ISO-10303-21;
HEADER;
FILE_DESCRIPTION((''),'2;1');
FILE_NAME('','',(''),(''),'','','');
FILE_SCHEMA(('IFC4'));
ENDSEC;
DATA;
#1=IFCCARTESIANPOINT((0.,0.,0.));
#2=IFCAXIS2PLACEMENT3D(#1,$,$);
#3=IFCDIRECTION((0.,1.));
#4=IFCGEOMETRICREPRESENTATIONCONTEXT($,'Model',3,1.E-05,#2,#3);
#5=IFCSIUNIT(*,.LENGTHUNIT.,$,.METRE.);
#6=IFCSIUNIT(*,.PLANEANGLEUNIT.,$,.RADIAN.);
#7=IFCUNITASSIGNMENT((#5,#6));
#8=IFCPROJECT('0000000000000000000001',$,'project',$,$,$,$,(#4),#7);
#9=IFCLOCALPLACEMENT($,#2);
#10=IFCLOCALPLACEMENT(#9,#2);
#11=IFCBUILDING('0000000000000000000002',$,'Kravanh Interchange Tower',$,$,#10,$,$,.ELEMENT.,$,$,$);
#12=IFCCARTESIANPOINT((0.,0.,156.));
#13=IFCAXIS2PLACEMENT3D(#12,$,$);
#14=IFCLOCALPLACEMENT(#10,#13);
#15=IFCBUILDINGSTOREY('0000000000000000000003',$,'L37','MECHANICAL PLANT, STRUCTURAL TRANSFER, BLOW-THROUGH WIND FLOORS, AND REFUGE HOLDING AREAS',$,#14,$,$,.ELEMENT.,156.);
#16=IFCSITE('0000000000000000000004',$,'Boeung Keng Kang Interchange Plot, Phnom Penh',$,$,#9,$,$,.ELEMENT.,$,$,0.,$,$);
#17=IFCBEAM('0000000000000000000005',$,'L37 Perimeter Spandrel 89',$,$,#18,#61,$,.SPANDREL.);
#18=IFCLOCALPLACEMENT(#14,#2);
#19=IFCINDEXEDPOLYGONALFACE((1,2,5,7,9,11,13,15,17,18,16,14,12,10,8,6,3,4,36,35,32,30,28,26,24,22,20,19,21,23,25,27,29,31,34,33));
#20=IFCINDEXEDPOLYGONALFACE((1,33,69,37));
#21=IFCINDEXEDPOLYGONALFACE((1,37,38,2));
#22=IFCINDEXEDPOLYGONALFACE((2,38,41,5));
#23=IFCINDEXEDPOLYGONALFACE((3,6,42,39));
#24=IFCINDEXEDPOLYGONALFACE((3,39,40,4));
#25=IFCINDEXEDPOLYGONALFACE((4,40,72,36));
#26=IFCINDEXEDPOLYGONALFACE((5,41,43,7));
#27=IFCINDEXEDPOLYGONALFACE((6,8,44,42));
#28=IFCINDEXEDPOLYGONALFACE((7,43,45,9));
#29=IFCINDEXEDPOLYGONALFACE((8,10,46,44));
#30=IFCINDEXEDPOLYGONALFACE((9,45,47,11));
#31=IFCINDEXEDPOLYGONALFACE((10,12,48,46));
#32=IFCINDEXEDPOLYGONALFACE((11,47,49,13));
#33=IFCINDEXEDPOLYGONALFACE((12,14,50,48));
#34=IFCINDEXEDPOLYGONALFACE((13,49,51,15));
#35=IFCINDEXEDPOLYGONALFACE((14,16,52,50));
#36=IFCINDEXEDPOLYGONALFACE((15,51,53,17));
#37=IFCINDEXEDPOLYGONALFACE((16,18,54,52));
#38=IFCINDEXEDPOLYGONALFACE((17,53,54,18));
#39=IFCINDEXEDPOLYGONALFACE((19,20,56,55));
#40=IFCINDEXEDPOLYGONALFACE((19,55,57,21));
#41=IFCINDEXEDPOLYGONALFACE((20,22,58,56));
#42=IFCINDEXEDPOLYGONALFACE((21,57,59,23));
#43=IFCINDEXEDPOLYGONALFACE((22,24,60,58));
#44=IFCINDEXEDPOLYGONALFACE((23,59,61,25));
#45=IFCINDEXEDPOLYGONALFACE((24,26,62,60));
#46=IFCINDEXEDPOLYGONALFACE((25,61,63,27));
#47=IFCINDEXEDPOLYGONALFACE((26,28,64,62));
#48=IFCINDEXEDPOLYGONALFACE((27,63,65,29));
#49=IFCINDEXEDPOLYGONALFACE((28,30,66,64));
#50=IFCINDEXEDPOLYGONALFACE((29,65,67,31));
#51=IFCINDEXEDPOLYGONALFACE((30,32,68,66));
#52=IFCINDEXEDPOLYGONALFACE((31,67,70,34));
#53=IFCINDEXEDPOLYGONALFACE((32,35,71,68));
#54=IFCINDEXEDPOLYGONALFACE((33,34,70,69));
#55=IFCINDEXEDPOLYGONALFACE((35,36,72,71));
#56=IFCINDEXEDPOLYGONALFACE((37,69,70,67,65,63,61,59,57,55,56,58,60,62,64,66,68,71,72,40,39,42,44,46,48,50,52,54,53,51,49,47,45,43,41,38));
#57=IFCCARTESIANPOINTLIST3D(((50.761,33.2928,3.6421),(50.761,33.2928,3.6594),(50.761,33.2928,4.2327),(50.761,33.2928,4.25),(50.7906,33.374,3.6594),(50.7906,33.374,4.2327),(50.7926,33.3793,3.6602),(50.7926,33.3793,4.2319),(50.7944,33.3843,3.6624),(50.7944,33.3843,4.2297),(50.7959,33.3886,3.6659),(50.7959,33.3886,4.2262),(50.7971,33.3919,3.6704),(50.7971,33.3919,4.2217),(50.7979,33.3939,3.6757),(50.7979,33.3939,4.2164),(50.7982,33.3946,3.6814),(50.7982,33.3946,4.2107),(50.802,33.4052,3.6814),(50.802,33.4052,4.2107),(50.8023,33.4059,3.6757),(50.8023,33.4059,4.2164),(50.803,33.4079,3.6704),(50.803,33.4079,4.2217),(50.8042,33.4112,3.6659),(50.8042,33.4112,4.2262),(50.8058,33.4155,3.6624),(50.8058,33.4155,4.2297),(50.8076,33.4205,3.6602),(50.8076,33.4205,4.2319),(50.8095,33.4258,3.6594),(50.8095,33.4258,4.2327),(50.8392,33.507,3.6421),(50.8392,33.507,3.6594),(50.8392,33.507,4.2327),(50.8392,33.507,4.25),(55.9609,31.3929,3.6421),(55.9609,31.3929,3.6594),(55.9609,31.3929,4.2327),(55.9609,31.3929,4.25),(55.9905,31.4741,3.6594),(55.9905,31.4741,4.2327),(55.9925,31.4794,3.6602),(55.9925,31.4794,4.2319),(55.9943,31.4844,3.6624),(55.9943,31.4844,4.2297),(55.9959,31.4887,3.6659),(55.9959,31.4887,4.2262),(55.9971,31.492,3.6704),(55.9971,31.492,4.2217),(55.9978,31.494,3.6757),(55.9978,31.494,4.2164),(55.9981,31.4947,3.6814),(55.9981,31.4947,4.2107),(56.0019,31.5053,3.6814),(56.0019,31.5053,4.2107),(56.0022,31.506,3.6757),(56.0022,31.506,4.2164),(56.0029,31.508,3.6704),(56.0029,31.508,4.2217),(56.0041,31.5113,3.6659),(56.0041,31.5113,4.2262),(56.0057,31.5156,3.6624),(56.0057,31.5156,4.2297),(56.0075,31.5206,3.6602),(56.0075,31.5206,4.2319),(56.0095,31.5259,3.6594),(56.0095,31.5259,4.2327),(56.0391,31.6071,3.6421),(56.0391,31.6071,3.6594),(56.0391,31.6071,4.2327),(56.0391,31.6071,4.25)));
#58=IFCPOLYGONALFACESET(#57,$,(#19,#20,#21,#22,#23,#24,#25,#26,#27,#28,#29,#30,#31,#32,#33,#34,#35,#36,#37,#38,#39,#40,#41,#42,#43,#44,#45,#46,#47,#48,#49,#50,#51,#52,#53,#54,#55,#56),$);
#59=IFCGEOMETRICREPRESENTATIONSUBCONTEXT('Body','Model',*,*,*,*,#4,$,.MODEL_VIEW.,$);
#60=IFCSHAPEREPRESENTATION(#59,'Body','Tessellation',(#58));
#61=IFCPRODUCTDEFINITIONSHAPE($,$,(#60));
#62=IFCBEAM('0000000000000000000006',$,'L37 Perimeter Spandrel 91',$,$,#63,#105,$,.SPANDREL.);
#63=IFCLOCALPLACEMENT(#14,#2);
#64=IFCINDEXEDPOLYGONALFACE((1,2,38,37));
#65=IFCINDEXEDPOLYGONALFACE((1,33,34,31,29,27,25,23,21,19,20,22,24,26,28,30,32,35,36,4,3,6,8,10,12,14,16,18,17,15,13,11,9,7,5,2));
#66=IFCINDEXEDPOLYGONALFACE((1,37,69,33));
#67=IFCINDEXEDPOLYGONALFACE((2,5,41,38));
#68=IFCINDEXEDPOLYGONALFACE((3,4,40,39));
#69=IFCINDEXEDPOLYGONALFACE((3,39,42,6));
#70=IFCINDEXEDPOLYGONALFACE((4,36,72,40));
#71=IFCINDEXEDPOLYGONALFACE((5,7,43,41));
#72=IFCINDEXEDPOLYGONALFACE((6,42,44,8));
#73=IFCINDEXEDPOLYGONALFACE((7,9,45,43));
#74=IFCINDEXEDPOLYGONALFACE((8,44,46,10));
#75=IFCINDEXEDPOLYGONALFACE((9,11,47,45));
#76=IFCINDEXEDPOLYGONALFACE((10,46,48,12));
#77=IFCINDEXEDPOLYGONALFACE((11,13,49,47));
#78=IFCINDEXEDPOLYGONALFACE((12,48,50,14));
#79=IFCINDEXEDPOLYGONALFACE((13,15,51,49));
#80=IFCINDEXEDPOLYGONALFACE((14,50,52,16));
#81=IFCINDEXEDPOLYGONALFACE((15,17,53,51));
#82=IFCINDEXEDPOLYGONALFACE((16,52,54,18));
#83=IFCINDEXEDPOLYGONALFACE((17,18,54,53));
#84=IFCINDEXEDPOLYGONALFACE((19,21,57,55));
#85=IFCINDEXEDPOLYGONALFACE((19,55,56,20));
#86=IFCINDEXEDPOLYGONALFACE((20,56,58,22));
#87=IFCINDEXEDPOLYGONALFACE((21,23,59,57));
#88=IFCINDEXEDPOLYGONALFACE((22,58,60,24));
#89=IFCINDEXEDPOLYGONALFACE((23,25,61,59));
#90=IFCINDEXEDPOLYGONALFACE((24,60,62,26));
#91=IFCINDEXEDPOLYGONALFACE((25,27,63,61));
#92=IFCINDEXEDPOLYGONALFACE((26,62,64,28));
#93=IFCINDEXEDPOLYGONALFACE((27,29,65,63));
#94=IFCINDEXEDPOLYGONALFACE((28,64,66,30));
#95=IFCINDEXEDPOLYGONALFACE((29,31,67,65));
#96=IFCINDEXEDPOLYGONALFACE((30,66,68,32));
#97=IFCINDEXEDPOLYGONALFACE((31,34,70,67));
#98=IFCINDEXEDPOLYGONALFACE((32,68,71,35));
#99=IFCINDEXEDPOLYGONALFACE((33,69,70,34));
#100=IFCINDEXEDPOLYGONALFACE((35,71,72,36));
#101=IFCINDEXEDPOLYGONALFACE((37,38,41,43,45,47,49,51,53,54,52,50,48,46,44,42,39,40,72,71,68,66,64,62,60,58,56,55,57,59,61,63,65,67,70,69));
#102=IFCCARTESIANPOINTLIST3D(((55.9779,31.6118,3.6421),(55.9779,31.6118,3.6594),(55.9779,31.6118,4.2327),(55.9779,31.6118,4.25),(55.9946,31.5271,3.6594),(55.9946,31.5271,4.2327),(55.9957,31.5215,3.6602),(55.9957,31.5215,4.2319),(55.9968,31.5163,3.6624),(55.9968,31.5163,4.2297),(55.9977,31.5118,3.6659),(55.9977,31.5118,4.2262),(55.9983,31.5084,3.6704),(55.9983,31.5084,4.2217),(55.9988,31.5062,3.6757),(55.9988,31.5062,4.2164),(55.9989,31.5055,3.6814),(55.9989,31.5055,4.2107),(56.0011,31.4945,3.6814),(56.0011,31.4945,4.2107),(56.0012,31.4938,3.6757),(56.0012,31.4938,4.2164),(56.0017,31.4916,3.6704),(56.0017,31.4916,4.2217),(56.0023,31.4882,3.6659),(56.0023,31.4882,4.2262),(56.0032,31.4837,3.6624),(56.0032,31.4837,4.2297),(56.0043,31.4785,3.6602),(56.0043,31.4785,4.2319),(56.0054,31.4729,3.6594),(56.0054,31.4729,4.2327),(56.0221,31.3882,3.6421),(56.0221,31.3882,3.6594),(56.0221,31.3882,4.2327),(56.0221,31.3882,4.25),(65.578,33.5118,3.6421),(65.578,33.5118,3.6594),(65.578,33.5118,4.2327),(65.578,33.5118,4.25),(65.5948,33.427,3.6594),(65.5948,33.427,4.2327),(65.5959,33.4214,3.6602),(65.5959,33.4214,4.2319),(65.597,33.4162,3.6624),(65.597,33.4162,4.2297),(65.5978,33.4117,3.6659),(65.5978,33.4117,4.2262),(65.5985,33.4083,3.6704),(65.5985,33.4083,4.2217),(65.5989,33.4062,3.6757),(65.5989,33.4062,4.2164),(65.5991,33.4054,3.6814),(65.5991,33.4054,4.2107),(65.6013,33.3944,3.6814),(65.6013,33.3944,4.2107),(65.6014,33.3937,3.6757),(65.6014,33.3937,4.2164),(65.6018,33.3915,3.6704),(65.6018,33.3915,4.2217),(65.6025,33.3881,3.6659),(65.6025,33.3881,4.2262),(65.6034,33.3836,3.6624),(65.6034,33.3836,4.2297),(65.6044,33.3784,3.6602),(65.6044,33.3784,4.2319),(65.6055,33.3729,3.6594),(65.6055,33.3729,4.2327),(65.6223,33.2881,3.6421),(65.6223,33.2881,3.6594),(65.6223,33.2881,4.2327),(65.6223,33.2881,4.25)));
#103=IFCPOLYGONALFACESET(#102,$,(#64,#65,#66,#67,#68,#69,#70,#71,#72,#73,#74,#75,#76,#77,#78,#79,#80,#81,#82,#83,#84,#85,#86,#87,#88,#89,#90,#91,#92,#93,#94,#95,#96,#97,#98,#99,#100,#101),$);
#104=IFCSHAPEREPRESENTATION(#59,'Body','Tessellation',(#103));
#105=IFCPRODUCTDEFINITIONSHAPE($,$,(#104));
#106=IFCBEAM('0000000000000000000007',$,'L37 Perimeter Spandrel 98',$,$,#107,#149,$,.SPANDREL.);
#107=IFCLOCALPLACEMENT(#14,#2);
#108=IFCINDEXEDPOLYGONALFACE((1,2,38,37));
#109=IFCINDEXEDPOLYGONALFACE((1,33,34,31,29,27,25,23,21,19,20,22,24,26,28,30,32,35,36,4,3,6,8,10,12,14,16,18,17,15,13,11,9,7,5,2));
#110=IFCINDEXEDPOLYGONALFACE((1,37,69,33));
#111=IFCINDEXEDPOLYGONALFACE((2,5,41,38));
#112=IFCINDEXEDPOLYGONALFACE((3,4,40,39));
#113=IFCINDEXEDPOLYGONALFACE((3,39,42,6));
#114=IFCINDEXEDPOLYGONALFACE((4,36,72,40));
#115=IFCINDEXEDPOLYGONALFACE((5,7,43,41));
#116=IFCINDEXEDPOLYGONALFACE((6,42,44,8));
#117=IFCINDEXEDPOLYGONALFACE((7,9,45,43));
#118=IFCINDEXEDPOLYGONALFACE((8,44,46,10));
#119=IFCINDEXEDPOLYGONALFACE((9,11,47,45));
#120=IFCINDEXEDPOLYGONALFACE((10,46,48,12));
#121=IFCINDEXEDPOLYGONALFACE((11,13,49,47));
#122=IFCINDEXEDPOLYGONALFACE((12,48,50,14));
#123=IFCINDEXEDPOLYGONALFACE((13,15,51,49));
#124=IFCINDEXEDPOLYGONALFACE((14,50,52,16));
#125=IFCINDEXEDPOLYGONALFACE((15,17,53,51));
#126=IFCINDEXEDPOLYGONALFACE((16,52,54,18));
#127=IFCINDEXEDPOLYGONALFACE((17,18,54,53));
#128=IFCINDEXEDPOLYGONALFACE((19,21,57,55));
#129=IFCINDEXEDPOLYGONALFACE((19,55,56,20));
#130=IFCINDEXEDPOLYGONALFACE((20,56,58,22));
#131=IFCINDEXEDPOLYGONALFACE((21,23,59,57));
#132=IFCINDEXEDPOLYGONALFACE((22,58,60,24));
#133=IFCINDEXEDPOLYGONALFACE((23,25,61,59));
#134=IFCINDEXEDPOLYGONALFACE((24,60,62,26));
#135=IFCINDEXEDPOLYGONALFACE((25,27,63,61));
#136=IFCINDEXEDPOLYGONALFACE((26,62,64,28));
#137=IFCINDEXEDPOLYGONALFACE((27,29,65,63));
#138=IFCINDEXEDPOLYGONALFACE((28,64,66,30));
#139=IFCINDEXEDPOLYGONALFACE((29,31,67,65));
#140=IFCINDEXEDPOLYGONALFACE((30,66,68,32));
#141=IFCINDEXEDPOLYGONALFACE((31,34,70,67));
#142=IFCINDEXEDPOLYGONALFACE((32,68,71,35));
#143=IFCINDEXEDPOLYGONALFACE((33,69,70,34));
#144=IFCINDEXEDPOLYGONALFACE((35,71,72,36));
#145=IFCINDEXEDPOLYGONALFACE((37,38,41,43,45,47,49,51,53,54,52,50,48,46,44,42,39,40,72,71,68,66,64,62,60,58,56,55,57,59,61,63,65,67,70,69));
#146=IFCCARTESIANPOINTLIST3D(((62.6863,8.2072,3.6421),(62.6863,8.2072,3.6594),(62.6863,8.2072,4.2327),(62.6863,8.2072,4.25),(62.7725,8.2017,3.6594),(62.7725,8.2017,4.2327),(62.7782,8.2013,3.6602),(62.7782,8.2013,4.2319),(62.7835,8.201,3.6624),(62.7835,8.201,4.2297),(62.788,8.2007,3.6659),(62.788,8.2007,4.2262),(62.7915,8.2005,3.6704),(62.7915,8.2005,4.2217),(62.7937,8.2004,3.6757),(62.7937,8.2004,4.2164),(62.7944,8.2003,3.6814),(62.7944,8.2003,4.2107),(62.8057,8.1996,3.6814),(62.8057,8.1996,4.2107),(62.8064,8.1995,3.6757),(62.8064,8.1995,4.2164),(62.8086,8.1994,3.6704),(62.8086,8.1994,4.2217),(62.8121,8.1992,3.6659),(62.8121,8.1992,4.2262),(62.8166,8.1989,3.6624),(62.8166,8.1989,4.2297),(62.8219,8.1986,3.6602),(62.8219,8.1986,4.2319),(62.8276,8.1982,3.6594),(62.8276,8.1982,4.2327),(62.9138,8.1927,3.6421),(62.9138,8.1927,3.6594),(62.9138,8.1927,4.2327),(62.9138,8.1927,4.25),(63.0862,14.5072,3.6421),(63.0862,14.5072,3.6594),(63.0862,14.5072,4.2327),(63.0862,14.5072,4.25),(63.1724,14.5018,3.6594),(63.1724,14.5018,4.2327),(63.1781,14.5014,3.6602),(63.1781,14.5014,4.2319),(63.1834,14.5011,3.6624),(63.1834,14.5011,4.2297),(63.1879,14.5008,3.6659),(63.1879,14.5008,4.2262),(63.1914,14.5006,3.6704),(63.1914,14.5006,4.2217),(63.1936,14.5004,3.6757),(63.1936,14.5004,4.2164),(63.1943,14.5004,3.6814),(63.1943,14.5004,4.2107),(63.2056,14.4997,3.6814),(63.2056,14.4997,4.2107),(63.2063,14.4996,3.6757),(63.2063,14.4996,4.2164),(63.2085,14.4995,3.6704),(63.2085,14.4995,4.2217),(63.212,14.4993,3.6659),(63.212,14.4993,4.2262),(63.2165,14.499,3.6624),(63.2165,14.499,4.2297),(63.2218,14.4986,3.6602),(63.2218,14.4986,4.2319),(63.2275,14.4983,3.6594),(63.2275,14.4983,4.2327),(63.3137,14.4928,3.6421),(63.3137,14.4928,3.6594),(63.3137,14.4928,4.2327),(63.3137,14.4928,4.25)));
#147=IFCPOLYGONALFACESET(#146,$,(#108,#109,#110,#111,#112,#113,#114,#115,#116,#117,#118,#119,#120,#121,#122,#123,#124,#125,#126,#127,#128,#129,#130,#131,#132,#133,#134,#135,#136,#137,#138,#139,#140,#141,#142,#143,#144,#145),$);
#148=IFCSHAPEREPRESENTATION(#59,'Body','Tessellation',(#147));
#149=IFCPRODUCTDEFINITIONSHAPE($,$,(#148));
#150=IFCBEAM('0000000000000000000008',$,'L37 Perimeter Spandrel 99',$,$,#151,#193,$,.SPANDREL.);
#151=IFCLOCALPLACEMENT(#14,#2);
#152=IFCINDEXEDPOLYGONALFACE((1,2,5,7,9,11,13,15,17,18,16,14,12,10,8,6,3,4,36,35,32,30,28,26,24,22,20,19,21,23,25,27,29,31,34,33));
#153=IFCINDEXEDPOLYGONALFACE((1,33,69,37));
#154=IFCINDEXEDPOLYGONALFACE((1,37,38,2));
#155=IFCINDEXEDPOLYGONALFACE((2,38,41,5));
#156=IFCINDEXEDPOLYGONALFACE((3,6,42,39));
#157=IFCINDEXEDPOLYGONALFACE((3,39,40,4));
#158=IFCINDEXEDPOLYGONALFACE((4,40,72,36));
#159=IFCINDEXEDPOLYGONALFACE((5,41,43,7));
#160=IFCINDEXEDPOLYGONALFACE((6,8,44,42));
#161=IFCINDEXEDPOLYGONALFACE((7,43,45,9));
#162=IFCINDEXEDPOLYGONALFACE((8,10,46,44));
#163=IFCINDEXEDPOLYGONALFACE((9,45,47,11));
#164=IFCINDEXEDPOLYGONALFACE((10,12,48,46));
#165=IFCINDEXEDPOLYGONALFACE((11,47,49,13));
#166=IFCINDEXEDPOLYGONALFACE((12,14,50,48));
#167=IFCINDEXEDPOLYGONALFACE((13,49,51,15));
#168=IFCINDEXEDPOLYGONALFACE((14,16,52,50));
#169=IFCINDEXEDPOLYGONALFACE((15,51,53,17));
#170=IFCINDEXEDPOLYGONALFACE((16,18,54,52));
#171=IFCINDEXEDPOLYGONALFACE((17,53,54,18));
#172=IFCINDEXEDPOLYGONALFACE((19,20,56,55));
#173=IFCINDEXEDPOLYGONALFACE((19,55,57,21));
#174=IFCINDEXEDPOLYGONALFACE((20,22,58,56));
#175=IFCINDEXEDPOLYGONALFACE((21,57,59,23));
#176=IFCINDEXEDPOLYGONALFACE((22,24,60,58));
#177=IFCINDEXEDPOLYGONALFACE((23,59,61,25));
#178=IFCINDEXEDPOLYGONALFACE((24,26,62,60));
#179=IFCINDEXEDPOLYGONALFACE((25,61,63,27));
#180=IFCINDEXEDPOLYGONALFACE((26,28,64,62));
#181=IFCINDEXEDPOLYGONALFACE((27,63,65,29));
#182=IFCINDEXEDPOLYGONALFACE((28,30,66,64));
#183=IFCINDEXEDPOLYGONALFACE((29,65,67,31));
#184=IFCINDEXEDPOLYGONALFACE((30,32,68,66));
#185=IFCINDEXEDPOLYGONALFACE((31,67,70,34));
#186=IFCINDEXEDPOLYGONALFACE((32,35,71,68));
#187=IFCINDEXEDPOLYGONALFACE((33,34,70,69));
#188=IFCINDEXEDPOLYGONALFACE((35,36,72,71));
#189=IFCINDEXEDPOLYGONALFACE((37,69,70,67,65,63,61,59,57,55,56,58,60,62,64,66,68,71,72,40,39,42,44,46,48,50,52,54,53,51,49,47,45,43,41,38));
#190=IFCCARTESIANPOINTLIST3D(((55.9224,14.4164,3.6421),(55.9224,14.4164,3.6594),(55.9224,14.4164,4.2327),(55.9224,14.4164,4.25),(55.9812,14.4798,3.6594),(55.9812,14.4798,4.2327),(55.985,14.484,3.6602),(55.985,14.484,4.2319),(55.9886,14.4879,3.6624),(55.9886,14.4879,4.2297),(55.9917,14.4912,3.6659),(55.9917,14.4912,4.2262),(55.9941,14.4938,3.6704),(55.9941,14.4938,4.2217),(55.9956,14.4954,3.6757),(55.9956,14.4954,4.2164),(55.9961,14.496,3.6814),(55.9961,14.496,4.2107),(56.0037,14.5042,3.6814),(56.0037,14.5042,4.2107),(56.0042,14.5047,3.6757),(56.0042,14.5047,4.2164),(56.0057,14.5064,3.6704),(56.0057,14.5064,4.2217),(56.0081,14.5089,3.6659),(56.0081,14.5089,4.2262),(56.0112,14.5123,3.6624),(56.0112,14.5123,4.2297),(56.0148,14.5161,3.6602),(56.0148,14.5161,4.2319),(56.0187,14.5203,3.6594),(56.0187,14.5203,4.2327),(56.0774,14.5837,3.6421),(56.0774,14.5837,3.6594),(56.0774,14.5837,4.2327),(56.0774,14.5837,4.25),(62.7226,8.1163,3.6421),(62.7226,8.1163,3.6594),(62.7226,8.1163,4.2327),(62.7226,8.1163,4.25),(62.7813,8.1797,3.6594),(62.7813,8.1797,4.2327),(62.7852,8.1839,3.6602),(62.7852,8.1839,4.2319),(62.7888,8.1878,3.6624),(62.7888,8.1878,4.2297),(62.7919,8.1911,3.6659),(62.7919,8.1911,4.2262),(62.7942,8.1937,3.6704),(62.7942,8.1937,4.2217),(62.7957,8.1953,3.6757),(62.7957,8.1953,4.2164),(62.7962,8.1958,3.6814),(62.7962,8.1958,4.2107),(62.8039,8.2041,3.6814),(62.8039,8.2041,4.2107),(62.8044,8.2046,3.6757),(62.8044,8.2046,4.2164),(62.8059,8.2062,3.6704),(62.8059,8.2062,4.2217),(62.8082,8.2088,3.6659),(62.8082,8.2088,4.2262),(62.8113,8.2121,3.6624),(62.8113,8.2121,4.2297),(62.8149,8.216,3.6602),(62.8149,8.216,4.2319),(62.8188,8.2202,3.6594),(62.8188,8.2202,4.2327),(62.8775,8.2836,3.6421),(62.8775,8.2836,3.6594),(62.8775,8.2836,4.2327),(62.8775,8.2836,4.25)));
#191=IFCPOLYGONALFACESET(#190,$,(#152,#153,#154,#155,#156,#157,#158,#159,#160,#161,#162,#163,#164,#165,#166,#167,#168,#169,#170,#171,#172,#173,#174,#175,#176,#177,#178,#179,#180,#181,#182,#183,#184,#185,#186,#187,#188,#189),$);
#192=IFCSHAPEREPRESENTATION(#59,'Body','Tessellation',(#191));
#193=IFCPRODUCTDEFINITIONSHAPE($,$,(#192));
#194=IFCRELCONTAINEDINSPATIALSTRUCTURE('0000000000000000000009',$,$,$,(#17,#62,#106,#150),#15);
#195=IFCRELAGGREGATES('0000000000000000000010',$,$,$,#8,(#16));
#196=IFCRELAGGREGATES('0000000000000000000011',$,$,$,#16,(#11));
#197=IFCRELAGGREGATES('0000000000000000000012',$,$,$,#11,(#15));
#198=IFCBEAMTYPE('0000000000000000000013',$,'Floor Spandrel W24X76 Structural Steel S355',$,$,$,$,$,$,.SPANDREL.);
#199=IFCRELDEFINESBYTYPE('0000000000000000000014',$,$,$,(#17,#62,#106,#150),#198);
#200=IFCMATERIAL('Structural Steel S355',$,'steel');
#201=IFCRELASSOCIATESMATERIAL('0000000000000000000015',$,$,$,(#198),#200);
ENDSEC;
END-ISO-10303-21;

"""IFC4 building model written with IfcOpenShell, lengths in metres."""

from ifc_helpers import new_model, si_unit, direction, frame, origin, origin_2d, place, context, subcontext, project, spatial, i_section, extrude, material, material_profile, profile_set, type_object, element, save


model = new_model("IFC4")

# Units and contexts
model_context = context("Model", 3, precision=1e-05, world=origin(), true_north=direction((0.0, 1.0)))
body_context = subcontext(model_context, "Body", "Model", "MODEL_VIEW")
ifc_project = project(units=[si_unit("LENGTHUNIT", "METRE"), si_unit("PLANEANGLEUNIT", "RADIAN")], contexts=[model_context])

# Site, building, storey
site_placement = place(None, origin())
site = spatial("IfcSite", under=ifc_project, at=site_placement, Name="Boeung Keng Kang Interchange Plot, Phnom Penh", CompositionType="ELEMENT", RefElevation=0.0)
building_placement = place(site_placement, origin())
building = spatial("IfcBuilding", under=site, at=building_placement, Name="Kravanh Interchange Tower", CompositionType="ELEMENT")
storey_placement = place(building_placement, frame((0.0, 0.0, 156.0)))
storey = spatial("IfcBuildingStorey", under=building, at=storey_placement, Name="L37", Description="MECHANICAL PLANT, STRUCTURAL TRANSFER, BLOW-THROUGH WIND FLOORS, AND REFUGE HOLDING AREAS", CompositionType="ELEMENT", Elevation=156.0)

# Beams
ifc_material_1 = material(Name="Structural Steel S355", Category="steel")
ifc_material_profile_1 = material_profile(ifc_material_1, i_section(OverallWidth=0.228, OverallDepth=0.6079, WebThickness=0.0112, FlangeThickness=0.0173, FilletRadius=0.022, at=origin_2d()), Name="W24X76")
ifc_profile_set_1 = profile_set([ifc_material_profile_1], Name="Structural Steel S355")
beam_type_1 = type_object("IfcBeamType", Name="Floor Spandrel W24X76 Structural Steel S355", PredefinedType="SPANDREL", material=ifc_profile_set_1)
beam_1_placement = place(storey_placement, frame((56.0, 31.5, 3.946), z_axis=(-0.93927, 0.34318, 0.0), x_axis=(-0.34318, -0.93927, 0.0)))
element("IfcBeam", 1, at=beam_1_placement, inside=storey, type_object=beam_type_1, Name="L37 Perimeter Spandrel 89", PredefinedType="SPANDREL", context=body_context, shape_type="SweptSolid", body=[
    extrude(i_section(OverallWidth=0.228, OverallDepth=0.6079, WebThickness=0.0112, FlangeThickness=0.0173, FilletRadius=0.022, at=origin_2d()), origin(), (0.0, 0.0, 1.0), 5.5361),
])
beam_2_placement = place(storey_placement, frame((56.0, 31.5, 3.946), z_axis=(0.980974, 0.194139, 0.0), x_axis=(-0.194139, 0.980974, 0.0)))
element("IfcBeam", 2, at=beam_2_placement, inside=storey, type_object=beam_type_1, Name="L37 Perimeter Spandrel 91", PredefinedType="SPANDREL", context=body_context, shape_type="SweptSolid", body=[
    extrude(i_section(OverallWidth=0.228, OverallDepth=0.6079, WebThickness=0.0112, FlangeThickness=0.0173, FilletRadius=0.022, at=origin_2d()), origin(), (0.0, 0.0, 1.0), 9.7864),
])
beam_3_placement = place(storey_placement, frame((62.8, 8.2, 3.946), z_axis=(0.063349, 0.997991, 0.0), x_axis=(-0.997991, 0.063349, 0.0)))
element("IfcBeam", 3, at=beam_3_placement, inside=storey, type_object=beam_type_1, Name="L37 Perimeter Spandrel 98", PredefinedType="SPANDREL", context=body_context, shape_type="SweptSolid", body=[
    extrude(i_section(OverallWidth=0.228, OverallDepth=0.6079, WebThickness=0.0112, FlangeThickness=0.0173, FilletRadius=0.022, at=origin_2d()), origin(), (0.0, 0.0, 1.0), 6.3127),
])
beam_4_placement = place(storey_placement, frame((62.8, 8.2, 3.946), z_axis=(-0.733561, 0.679623, 0.0), x_axis=(-0.679623, -0.733561, 0.0)))
element("IfcBeam", 4, at=beam_4_placement, inside=storey, type_object=beam_type_1, Name="L37 Perimeter Spandrel 99", PredefinedType="SPANDREL", context=body_context, shape_type="SweptSolid", body=[
    extrude(i_section(OverallWidth=0.228, OverallDepth=0.6079, WebThickness=0.0112, FlangeThickness=0.0173, FilletRadius=0.022, at=origin_2d()), origin(), (0.0, 0.0, 1.0), 9.27),
])

save(model, "model.ifc")
